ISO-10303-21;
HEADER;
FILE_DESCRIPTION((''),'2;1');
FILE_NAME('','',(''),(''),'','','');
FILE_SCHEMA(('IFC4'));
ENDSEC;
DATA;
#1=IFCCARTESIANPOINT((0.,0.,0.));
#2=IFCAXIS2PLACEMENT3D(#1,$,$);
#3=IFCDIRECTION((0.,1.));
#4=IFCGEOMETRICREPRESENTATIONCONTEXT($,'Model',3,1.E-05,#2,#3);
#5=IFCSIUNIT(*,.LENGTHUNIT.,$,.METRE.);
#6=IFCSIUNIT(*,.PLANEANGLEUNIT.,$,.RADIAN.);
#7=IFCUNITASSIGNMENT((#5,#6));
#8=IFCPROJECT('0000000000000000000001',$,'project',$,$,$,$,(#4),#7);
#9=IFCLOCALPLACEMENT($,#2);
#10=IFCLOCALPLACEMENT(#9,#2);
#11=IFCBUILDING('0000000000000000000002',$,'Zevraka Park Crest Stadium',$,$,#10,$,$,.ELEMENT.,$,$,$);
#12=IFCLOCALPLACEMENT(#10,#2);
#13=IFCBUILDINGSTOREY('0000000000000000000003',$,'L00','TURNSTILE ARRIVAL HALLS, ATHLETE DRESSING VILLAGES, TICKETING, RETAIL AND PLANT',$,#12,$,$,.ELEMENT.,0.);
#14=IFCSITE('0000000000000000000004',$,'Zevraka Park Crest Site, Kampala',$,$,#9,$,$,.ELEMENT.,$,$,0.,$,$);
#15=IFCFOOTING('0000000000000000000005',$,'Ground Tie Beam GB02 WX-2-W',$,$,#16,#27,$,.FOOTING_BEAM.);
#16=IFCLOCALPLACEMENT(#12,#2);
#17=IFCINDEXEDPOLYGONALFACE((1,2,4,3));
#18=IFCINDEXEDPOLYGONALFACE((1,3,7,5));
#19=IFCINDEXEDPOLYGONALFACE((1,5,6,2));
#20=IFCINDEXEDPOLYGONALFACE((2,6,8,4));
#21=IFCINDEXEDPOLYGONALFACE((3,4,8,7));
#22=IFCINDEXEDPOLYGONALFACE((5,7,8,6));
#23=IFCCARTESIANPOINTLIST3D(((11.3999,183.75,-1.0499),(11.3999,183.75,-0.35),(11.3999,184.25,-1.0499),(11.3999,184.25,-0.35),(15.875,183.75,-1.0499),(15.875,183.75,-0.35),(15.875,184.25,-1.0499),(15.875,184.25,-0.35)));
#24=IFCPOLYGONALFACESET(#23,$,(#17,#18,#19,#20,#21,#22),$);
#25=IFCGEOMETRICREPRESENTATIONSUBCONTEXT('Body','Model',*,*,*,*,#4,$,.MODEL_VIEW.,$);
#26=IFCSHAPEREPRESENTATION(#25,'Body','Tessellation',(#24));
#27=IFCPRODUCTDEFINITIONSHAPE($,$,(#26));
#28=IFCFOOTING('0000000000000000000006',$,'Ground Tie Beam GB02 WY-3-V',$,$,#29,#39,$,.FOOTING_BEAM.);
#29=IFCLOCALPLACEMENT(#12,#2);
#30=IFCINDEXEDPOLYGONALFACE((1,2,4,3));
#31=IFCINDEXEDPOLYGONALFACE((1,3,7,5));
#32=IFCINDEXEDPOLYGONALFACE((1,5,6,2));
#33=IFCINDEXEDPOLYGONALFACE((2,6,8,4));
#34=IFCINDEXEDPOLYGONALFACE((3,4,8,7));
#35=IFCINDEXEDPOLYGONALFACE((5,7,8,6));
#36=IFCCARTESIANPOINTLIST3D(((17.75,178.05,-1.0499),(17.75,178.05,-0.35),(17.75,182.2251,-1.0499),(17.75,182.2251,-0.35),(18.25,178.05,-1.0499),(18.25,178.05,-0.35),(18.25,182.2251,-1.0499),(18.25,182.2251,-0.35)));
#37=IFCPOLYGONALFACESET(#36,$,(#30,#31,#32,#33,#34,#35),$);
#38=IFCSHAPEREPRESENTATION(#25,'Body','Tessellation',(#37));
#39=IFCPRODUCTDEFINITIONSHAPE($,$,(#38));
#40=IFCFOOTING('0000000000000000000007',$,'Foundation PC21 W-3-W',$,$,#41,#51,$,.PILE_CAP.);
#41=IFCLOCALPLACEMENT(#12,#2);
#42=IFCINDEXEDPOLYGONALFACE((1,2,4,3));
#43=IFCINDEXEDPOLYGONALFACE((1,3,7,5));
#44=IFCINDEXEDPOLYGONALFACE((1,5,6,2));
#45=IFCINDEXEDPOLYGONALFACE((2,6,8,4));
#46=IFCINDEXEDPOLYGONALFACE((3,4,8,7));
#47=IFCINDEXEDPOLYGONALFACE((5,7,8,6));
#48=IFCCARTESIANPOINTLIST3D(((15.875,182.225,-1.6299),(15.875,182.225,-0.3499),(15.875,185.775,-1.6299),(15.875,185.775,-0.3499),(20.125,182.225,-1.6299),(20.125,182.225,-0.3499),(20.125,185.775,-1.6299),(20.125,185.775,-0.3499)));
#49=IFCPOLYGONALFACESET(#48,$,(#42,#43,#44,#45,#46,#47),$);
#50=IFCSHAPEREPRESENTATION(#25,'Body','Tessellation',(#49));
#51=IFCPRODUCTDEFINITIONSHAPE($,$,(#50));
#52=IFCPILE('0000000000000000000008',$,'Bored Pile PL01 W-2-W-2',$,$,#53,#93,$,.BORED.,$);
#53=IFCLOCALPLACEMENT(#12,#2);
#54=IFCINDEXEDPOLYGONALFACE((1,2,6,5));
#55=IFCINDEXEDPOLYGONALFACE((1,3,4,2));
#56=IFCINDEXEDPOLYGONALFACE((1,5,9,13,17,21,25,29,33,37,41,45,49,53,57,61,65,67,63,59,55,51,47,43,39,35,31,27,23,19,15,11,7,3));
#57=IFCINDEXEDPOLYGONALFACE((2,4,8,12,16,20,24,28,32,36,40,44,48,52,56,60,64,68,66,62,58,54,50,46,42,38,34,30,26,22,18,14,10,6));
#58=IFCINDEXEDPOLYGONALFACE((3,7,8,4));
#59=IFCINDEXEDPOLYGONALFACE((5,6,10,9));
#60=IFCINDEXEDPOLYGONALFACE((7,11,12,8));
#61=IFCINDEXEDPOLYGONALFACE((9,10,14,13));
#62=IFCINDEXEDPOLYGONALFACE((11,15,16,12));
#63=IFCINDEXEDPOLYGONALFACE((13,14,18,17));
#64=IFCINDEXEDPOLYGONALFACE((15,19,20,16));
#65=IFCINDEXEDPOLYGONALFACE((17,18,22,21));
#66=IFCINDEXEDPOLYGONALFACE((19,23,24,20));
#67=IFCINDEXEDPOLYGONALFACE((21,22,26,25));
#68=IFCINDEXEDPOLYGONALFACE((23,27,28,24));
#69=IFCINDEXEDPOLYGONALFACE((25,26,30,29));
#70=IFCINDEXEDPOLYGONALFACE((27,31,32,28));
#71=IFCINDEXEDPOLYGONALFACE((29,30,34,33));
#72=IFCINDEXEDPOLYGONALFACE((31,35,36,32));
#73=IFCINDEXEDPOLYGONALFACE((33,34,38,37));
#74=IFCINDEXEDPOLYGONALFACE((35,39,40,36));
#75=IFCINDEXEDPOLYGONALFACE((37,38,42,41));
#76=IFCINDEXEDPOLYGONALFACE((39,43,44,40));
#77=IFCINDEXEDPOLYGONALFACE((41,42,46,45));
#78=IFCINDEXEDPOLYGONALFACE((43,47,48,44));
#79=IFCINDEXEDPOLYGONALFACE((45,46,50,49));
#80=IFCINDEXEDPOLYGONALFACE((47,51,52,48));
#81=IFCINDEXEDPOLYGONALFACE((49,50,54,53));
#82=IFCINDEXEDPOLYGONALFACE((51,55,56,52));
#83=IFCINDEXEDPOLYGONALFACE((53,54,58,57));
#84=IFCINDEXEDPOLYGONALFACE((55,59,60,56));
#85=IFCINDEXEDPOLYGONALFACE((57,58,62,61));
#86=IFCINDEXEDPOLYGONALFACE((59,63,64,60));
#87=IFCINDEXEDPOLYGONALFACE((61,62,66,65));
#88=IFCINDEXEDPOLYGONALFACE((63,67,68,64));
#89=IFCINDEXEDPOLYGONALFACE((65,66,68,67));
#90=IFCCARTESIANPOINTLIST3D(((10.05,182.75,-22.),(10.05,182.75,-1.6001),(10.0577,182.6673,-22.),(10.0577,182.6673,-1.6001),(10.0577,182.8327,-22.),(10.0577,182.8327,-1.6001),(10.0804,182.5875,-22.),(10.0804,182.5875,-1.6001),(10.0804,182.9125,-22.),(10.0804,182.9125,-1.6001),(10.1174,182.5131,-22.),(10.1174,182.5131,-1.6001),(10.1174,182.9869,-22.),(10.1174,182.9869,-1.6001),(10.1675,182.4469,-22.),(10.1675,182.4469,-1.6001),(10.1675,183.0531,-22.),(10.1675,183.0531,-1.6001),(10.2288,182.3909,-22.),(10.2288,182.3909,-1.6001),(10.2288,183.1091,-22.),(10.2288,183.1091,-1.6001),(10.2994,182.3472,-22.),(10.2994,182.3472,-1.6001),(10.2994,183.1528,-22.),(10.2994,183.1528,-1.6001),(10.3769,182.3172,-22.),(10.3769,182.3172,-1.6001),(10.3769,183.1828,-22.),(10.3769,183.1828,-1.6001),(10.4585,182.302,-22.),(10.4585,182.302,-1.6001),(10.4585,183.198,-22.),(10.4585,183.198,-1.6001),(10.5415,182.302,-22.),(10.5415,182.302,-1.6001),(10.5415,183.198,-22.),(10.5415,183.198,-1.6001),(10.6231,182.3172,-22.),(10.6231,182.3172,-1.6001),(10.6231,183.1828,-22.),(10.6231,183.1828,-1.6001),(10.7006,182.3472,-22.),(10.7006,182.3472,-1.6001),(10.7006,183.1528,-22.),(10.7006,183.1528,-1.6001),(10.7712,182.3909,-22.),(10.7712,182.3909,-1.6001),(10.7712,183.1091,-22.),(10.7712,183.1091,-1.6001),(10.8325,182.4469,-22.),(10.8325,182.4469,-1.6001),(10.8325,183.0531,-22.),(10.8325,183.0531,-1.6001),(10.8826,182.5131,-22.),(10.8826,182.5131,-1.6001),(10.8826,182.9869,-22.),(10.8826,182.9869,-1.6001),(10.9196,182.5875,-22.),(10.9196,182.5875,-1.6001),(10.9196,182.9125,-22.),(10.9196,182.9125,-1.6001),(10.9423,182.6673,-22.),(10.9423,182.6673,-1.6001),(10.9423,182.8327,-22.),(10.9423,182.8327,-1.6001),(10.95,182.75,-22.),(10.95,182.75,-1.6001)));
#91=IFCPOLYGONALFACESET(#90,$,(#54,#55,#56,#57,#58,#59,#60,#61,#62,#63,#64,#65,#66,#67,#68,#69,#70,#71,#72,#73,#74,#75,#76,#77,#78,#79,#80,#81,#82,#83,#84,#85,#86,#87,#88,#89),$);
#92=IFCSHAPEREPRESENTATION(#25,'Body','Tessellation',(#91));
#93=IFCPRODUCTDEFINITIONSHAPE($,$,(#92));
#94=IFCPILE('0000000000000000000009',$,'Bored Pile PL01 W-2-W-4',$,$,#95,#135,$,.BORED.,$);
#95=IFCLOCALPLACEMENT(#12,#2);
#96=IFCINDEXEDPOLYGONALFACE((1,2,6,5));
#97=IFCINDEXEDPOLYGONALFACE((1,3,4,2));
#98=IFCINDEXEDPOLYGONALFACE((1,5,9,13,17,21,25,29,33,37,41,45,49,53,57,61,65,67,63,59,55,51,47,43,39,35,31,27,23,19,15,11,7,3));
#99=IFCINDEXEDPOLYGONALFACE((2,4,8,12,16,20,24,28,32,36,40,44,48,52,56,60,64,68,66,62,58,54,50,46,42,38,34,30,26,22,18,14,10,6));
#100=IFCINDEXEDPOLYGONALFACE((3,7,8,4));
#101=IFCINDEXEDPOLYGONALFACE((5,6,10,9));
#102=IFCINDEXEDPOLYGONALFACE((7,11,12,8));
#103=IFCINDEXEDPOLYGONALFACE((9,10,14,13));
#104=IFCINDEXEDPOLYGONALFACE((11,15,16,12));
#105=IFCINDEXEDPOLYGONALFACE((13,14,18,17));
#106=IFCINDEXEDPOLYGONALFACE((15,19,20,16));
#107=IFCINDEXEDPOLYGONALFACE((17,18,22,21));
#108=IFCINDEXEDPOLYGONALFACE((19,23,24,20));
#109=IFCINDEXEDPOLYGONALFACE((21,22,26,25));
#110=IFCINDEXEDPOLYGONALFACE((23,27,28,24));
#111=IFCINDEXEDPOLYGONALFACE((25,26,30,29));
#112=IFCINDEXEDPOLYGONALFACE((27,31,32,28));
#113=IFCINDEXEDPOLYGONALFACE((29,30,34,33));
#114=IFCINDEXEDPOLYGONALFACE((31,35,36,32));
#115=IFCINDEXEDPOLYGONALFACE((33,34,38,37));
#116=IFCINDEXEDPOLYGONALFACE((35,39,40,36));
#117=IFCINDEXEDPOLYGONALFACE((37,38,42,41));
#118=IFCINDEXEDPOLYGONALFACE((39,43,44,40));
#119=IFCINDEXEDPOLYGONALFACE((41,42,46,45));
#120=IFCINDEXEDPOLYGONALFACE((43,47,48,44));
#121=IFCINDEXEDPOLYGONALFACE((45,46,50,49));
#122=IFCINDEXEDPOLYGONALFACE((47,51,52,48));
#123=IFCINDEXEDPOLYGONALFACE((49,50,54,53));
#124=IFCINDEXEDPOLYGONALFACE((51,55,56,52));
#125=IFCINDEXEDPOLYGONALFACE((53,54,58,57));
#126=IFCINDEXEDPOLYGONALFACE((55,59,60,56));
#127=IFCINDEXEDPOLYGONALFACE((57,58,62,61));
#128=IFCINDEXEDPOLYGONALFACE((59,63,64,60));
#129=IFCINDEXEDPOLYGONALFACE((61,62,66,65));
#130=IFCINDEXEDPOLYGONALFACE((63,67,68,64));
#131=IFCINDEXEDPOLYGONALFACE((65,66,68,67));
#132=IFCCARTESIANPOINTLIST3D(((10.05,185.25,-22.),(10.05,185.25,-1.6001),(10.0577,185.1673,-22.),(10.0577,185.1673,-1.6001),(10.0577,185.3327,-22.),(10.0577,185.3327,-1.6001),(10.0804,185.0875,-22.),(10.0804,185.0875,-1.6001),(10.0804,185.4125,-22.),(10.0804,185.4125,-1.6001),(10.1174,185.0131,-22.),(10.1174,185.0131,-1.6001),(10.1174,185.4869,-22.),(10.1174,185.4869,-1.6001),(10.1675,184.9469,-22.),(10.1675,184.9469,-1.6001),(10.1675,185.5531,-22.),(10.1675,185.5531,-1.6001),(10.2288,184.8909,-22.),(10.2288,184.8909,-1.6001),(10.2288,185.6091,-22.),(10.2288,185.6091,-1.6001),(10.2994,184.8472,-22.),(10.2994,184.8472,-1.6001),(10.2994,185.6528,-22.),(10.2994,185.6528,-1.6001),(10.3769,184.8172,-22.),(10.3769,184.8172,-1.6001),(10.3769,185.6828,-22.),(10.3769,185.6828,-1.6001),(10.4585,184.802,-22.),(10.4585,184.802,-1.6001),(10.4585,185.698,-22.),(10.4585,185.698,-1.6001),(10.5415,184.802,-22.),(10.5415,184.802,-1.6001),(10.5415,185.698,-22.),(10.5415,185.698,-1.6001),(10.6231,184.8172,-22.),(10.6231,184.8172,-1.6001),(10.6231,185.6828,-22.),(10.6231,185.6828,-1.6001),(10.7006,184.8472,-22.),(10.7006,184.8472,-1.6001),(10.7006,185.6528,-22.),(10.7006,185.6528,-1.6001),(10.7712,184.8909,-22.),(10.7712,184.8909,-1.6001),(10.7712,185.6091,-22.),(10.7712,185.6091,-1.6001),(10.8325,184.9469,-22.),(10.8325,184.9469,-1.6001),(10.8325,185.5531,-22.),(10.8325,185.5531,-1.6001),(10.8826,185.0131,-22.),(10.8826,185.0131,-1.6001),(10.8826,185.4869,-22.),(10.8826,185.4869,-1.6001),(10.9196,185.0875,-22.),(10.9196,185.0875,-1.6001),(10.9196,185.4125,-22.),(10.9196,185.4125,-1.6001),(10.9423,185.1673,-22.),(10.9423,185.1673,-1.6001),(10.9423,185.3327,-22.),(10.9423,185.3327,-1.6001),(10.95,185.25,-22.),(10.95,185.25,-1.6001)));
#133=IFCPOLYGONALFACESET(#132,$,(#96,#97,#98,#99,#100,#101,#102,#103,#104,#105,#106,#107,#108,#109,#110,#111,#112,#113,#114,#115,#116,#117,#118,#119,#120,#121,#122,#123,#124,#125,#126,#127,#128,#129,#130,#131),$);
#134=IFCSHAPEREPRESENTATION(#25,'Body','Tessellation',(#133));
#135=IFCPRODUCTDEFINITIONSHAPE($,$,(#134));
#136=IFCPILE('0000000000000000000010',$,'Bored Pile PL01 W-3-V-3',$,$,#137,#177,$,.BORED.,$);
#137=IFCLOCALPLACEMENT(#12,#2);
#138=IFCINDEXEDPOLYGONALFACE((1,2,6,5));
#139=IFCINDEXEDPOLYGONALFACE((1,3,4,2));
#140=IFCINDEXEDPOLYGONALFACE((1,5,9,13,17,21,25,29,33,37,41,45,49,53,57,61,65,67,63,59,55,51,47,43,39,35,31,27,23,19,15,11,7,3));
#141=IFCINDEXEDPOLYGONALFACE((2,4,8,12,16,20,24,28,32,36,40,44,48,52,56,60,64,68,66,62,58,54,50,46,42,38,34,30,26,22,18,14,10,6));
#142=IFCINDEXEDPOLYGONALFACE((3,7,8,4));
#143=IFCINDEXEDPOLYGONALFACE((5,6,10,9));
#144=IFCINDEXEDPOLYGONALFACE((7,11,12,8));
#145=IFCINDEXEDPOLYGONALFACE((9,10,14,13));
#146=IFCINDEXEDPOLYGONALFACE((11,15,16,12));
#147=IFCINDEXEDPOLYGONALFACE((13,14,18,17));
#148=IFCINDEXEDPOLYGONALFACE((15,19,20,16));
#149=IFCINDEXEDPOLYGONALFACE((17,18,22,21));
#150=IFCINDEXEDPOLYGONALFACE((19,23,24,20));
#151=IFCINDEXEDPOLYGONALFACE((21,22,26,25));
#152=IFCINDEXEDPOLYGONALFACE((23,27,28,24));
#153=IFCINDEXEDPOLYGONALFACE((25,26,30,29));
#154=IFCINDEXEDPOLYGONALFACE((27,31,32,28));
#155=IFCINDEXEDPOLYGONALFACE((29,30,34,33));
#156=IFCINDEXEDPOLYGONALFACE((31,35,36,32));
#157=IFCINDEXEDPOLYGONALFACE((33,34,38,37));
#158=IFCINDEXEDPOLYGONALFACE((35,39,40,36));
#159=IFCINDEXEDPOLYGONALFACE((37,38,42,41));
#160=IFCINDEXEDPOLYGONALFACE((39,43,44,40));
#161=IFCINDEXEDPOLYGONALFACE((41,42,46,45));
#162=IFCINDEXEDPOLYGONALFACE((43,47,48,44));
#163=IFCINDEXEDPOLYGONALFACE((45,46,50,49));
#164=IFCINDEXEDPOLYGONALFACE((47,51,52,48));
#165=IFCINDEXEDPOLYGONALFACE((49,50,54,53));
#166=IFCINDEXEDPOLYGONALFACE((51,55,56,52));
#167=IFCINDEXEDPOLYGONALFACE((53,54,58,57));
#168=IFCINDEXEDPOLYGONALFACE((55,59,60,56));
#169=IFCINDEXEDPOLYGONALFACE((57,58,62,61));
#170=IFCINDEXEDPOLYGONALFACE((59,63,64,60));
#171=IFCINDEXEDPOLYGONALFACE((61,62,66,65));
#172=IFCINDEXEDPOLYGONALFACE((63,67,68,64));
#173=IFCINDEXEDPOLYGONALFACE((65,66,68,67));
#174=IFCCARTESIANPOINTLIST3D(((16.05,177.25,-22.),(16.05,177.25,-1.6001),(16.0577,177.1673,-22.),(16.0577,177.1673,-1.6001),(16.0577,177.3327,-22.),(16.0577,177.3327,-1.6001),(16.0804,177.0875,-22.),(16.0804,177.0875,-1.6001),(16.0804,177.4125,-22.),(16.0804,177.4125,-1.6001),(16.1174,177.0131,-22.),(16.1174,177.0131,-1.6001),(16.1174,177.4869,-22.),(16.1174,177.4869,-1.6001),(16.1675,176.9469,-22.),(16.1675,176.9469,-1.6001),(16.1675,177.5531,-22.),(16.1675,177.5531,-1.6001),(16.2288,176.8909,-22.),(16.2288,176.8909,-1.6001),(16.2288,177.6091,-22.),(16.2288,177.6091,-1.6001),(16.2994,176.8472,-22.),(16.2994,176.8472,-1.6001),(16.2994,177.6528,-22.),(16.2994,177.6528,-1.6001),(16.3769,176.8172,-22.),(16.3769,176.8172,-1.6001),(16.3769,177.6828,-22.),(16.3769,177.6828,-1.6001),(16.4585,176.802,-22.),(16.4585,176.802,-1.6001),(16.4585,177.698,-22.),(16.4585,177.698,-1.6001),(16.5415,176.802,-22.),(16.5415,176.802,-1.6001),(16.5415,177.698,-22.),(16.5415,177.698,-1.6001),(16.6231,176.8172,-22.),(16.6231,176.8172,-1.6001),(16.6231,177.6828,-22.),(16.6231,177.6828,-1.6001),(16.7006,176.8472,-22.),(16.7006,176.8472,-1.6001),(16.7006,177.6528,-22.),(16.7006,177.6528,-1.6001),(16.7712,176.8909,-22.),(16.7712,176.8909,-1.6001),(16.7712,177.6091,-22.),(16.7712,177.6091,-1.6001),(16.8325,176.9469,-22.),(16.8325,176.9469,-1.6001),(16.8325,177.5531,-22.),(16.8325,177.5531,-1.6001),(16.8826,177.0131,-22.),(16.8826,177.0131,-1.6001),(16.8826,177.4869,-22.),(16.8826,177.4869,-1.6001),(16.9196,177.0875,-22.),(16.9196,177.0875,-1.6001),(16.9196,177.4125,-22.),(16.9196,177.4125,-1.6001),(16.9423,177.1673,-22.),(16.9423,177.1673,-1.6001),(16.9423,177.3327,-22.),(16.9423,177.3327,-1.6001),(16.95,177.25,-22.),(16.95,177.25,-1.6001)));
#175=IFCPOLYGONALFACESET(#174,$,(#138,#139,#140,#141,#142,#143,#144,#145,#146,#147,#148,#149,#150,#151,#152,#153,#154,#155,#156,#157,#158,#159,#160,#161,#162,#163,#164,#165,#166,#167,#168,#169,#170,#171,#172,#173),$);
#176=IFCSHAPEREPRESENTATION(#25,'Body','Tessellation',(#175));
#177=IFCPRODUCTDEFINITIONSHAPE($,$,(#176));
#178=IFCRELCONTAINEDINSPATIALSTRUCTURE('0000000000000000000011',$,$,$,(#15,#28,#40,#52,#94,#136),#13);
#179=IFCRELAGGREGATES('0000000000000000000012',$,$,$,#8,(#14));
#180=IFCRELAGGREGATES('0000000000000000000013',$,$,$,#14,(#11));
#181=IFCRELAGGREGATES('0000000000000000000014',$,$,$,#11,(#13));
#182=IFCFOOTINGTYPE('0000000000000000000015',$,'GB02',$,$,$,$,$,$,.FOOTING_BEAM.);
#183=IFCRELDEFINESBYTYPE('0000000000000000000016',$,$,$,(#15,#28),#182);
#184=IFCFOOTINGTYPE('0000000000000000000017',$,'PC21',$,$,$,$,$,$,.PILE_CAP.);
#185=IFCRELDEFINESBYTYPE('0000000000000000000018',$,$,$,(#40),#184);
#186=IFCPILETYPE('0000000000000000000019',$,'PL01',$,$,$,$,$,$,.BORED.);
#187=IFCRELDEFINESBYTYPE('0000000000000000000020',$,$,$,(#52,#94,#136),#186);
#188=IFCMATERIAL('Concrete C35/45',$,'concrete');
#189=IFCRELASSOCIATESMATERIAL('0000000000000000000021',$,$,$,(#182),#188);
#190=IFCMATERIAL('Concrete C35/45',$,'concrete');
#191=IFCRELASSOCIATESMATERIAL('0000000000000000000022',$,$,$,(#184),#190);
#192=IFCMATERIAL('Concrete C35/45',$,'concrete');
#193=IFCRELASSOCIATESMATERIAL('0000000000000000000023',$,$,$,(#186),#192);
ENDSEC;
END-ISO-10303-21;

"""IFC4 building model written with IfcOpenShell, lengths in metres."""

from ifc_helpers import new_model, si_unit, direction, frame, origin, origin_2d, place, context, subcontext, project, spatial, rectangle, circle, extrude, material, material_profile, profile_set, type_object, element, save


model = new_model("IFC4")

# Units and contexts
model_context = context("Model", 3, precision=1e-05, world=origin(), true_north=direction((0.0, 1.0)))
body_context = subcontext(model_context, "Body", "Model", "MODEL_VIEW")
ifc_project = project(units=[si_unit("LENGTHUNIT", "METRE"), si_unit("PLANEANGLEUNIT", "RADIAN")], contexts=[model_context])

# Site, building, storey
site_placement = place(None, origin())
site = spatial("IfcSite", under=ifc_project, at=site_placement, Name="Zevraka Park Crest Site, Kampala", CompositionType="ELEMENT", RefElevation=0.0)
building_placement = place(site_placement, origin())
building = spatial("IfcBuilding", under=site, at=building_placement, Name="Zevraka Park Crest Stadium", CompositionType="ELEMENT")
storey_placement = place(building_placement, origin())
storey = spatial("IfcBuildingStorey", under=building, at=storey_placement, Name="L00", Description="TURNSTILE ARRIVAL HALLS, ATHLETE DRESSING VILLAGES, TICKETING, RETAIL AND PLANT", CompositionType="ELEMENT", Elevation=0.0)

# Footings
ifc_material_1 = material(Name="Concrete C35/45", Category="concrete")
ifc_material_profile_1 = material_profile(ifc_material_1, rectangle(XDim=0.5, YDim=0.7, at=origin_2d()), Name="GB 700x500")
ifc_profile_set_1 = profile_set([ifc_material_profile_1], Name="Concrete C35/45")
footing_type_1 = type_object("IfcFootingType", Name="GB02", PredefinedType="FOOTING_BEAM", material=ifc_profile_set_1)
footing_1_placement = place(storey_placement, frame((11.3999, 184.0, -0.7), z_axis=(1.0, 0.0, 0.0), x_axis=(0.0, 1.0, 0.0)))
element("IfcFooting", 1, at=footing_1_placement, inside=storey, type_object=footing_type_1, Name="Ground Tie Beam GB02 WX-2-W", PredefinedType="FOOTING_BEAM", context=body_context, shape_type="SweptSolid", body=[
    extrude(rectangle(XDim=0.5, YDim=0.7, at=origin_2d()), origin(), (0.0, 0.0, 1.0), 4.4751),
])
footing_2_placement = place(storey_placement, frame((18.0, 178.05, -0.7), z_axis=(0.0, 1.0, 0.0), x_axis=(-1.0, 0.0, 0.0)))
element("IfcFooting", 2, at=footing_2_placement, inside=storey, type_object=footing_type_1, Name="Ground Tie Beam GB02 WY-3-V", PredefinedType="FOOTING_BEAM", context=body_context, shape_type="SweptSolid", body=[
    extrude(rectangle(XDim=0.5, YDim=0.7, at=origin_2d()), origin(), (0.0, 0.0, 1.0), 4.175),
])
ifc_material_2 = material(Name="Concrete C35/45", Category="concrete")
footing_type_2 = type_object("IfcFootingType", Name="PC21", PredefinedType="PILE_CAP", material=ifc_material_2)
footing_3_placement = place(storey_placement, frame((18.0, 184.0, -1.6299), z_axis=(0.0, 0.0, 1.0), x_axis=(1.0, 0.0, 0.0)))
element("IfcFooting", 3, at=footing_3_placement, inside=storey, type_object=footing_type_2, Name="Foundation PC21 W-3-W", PredefinedType="PILE_CAP", context=body_context, shape_type="SweptSolid", body=[
    extrude(rectangle(XDim=4.25, YDim=3.55, at=origin_2d()), origin(), (0.0, 0.0, 1.0), 1.28),
])

# Piles
ifc_material_3 = material(Name="Concrete C35/45", Category="concrete")
ifc_material_profile_2 = material_profile(ifc_material_3, circle(Radius=0.45, at=origin_2d()), Name="PILE D900")
ifc_profile_set_2 = profile_set([ifc_material_profile_2], Name="Concrete C35/45")
pile_type_1 = type_object("IfcPileType", Name="PL01", PredefinedType="BORED", material=ifc_profile_set_2)
for number, where, z_axis, x_axis, name in (
    (4, (10.5, 182.75, -1.6001), (0.0, 0.0, -1.0), (1.0, 0.0, 0.0), "Bored Pile PL01 W-2-W-2"),
    (5, (10.5, 185.25, -1.6001), (0.0, 0.0, -1.0), (1.0, 0.0, 0.0), "Bored Pile PL01 W-2-W-4"),
    (6, (16.5, 177.25, -1.6001), (0.0, 0.0, -1.0), (1.0, 0.0, 0.0), "Bored Pile PL01 W-3-V-3"),
):
    element("IfcPile", number, at=place(storey_placement, frame(where, z_axis=z_axis, x_axis=x_axis)), inside=storey, type_object=pile_type_1, Name=name, PredefinedType="BORED", context=body_context, shape_type="SweptSolid", body=[
        extrude(circle(Radius=0.45, at=origin_2d()), origin(), (0.0, 0.0, 1.0), 20.3999),
    ])

save(model, "model.ifc")
